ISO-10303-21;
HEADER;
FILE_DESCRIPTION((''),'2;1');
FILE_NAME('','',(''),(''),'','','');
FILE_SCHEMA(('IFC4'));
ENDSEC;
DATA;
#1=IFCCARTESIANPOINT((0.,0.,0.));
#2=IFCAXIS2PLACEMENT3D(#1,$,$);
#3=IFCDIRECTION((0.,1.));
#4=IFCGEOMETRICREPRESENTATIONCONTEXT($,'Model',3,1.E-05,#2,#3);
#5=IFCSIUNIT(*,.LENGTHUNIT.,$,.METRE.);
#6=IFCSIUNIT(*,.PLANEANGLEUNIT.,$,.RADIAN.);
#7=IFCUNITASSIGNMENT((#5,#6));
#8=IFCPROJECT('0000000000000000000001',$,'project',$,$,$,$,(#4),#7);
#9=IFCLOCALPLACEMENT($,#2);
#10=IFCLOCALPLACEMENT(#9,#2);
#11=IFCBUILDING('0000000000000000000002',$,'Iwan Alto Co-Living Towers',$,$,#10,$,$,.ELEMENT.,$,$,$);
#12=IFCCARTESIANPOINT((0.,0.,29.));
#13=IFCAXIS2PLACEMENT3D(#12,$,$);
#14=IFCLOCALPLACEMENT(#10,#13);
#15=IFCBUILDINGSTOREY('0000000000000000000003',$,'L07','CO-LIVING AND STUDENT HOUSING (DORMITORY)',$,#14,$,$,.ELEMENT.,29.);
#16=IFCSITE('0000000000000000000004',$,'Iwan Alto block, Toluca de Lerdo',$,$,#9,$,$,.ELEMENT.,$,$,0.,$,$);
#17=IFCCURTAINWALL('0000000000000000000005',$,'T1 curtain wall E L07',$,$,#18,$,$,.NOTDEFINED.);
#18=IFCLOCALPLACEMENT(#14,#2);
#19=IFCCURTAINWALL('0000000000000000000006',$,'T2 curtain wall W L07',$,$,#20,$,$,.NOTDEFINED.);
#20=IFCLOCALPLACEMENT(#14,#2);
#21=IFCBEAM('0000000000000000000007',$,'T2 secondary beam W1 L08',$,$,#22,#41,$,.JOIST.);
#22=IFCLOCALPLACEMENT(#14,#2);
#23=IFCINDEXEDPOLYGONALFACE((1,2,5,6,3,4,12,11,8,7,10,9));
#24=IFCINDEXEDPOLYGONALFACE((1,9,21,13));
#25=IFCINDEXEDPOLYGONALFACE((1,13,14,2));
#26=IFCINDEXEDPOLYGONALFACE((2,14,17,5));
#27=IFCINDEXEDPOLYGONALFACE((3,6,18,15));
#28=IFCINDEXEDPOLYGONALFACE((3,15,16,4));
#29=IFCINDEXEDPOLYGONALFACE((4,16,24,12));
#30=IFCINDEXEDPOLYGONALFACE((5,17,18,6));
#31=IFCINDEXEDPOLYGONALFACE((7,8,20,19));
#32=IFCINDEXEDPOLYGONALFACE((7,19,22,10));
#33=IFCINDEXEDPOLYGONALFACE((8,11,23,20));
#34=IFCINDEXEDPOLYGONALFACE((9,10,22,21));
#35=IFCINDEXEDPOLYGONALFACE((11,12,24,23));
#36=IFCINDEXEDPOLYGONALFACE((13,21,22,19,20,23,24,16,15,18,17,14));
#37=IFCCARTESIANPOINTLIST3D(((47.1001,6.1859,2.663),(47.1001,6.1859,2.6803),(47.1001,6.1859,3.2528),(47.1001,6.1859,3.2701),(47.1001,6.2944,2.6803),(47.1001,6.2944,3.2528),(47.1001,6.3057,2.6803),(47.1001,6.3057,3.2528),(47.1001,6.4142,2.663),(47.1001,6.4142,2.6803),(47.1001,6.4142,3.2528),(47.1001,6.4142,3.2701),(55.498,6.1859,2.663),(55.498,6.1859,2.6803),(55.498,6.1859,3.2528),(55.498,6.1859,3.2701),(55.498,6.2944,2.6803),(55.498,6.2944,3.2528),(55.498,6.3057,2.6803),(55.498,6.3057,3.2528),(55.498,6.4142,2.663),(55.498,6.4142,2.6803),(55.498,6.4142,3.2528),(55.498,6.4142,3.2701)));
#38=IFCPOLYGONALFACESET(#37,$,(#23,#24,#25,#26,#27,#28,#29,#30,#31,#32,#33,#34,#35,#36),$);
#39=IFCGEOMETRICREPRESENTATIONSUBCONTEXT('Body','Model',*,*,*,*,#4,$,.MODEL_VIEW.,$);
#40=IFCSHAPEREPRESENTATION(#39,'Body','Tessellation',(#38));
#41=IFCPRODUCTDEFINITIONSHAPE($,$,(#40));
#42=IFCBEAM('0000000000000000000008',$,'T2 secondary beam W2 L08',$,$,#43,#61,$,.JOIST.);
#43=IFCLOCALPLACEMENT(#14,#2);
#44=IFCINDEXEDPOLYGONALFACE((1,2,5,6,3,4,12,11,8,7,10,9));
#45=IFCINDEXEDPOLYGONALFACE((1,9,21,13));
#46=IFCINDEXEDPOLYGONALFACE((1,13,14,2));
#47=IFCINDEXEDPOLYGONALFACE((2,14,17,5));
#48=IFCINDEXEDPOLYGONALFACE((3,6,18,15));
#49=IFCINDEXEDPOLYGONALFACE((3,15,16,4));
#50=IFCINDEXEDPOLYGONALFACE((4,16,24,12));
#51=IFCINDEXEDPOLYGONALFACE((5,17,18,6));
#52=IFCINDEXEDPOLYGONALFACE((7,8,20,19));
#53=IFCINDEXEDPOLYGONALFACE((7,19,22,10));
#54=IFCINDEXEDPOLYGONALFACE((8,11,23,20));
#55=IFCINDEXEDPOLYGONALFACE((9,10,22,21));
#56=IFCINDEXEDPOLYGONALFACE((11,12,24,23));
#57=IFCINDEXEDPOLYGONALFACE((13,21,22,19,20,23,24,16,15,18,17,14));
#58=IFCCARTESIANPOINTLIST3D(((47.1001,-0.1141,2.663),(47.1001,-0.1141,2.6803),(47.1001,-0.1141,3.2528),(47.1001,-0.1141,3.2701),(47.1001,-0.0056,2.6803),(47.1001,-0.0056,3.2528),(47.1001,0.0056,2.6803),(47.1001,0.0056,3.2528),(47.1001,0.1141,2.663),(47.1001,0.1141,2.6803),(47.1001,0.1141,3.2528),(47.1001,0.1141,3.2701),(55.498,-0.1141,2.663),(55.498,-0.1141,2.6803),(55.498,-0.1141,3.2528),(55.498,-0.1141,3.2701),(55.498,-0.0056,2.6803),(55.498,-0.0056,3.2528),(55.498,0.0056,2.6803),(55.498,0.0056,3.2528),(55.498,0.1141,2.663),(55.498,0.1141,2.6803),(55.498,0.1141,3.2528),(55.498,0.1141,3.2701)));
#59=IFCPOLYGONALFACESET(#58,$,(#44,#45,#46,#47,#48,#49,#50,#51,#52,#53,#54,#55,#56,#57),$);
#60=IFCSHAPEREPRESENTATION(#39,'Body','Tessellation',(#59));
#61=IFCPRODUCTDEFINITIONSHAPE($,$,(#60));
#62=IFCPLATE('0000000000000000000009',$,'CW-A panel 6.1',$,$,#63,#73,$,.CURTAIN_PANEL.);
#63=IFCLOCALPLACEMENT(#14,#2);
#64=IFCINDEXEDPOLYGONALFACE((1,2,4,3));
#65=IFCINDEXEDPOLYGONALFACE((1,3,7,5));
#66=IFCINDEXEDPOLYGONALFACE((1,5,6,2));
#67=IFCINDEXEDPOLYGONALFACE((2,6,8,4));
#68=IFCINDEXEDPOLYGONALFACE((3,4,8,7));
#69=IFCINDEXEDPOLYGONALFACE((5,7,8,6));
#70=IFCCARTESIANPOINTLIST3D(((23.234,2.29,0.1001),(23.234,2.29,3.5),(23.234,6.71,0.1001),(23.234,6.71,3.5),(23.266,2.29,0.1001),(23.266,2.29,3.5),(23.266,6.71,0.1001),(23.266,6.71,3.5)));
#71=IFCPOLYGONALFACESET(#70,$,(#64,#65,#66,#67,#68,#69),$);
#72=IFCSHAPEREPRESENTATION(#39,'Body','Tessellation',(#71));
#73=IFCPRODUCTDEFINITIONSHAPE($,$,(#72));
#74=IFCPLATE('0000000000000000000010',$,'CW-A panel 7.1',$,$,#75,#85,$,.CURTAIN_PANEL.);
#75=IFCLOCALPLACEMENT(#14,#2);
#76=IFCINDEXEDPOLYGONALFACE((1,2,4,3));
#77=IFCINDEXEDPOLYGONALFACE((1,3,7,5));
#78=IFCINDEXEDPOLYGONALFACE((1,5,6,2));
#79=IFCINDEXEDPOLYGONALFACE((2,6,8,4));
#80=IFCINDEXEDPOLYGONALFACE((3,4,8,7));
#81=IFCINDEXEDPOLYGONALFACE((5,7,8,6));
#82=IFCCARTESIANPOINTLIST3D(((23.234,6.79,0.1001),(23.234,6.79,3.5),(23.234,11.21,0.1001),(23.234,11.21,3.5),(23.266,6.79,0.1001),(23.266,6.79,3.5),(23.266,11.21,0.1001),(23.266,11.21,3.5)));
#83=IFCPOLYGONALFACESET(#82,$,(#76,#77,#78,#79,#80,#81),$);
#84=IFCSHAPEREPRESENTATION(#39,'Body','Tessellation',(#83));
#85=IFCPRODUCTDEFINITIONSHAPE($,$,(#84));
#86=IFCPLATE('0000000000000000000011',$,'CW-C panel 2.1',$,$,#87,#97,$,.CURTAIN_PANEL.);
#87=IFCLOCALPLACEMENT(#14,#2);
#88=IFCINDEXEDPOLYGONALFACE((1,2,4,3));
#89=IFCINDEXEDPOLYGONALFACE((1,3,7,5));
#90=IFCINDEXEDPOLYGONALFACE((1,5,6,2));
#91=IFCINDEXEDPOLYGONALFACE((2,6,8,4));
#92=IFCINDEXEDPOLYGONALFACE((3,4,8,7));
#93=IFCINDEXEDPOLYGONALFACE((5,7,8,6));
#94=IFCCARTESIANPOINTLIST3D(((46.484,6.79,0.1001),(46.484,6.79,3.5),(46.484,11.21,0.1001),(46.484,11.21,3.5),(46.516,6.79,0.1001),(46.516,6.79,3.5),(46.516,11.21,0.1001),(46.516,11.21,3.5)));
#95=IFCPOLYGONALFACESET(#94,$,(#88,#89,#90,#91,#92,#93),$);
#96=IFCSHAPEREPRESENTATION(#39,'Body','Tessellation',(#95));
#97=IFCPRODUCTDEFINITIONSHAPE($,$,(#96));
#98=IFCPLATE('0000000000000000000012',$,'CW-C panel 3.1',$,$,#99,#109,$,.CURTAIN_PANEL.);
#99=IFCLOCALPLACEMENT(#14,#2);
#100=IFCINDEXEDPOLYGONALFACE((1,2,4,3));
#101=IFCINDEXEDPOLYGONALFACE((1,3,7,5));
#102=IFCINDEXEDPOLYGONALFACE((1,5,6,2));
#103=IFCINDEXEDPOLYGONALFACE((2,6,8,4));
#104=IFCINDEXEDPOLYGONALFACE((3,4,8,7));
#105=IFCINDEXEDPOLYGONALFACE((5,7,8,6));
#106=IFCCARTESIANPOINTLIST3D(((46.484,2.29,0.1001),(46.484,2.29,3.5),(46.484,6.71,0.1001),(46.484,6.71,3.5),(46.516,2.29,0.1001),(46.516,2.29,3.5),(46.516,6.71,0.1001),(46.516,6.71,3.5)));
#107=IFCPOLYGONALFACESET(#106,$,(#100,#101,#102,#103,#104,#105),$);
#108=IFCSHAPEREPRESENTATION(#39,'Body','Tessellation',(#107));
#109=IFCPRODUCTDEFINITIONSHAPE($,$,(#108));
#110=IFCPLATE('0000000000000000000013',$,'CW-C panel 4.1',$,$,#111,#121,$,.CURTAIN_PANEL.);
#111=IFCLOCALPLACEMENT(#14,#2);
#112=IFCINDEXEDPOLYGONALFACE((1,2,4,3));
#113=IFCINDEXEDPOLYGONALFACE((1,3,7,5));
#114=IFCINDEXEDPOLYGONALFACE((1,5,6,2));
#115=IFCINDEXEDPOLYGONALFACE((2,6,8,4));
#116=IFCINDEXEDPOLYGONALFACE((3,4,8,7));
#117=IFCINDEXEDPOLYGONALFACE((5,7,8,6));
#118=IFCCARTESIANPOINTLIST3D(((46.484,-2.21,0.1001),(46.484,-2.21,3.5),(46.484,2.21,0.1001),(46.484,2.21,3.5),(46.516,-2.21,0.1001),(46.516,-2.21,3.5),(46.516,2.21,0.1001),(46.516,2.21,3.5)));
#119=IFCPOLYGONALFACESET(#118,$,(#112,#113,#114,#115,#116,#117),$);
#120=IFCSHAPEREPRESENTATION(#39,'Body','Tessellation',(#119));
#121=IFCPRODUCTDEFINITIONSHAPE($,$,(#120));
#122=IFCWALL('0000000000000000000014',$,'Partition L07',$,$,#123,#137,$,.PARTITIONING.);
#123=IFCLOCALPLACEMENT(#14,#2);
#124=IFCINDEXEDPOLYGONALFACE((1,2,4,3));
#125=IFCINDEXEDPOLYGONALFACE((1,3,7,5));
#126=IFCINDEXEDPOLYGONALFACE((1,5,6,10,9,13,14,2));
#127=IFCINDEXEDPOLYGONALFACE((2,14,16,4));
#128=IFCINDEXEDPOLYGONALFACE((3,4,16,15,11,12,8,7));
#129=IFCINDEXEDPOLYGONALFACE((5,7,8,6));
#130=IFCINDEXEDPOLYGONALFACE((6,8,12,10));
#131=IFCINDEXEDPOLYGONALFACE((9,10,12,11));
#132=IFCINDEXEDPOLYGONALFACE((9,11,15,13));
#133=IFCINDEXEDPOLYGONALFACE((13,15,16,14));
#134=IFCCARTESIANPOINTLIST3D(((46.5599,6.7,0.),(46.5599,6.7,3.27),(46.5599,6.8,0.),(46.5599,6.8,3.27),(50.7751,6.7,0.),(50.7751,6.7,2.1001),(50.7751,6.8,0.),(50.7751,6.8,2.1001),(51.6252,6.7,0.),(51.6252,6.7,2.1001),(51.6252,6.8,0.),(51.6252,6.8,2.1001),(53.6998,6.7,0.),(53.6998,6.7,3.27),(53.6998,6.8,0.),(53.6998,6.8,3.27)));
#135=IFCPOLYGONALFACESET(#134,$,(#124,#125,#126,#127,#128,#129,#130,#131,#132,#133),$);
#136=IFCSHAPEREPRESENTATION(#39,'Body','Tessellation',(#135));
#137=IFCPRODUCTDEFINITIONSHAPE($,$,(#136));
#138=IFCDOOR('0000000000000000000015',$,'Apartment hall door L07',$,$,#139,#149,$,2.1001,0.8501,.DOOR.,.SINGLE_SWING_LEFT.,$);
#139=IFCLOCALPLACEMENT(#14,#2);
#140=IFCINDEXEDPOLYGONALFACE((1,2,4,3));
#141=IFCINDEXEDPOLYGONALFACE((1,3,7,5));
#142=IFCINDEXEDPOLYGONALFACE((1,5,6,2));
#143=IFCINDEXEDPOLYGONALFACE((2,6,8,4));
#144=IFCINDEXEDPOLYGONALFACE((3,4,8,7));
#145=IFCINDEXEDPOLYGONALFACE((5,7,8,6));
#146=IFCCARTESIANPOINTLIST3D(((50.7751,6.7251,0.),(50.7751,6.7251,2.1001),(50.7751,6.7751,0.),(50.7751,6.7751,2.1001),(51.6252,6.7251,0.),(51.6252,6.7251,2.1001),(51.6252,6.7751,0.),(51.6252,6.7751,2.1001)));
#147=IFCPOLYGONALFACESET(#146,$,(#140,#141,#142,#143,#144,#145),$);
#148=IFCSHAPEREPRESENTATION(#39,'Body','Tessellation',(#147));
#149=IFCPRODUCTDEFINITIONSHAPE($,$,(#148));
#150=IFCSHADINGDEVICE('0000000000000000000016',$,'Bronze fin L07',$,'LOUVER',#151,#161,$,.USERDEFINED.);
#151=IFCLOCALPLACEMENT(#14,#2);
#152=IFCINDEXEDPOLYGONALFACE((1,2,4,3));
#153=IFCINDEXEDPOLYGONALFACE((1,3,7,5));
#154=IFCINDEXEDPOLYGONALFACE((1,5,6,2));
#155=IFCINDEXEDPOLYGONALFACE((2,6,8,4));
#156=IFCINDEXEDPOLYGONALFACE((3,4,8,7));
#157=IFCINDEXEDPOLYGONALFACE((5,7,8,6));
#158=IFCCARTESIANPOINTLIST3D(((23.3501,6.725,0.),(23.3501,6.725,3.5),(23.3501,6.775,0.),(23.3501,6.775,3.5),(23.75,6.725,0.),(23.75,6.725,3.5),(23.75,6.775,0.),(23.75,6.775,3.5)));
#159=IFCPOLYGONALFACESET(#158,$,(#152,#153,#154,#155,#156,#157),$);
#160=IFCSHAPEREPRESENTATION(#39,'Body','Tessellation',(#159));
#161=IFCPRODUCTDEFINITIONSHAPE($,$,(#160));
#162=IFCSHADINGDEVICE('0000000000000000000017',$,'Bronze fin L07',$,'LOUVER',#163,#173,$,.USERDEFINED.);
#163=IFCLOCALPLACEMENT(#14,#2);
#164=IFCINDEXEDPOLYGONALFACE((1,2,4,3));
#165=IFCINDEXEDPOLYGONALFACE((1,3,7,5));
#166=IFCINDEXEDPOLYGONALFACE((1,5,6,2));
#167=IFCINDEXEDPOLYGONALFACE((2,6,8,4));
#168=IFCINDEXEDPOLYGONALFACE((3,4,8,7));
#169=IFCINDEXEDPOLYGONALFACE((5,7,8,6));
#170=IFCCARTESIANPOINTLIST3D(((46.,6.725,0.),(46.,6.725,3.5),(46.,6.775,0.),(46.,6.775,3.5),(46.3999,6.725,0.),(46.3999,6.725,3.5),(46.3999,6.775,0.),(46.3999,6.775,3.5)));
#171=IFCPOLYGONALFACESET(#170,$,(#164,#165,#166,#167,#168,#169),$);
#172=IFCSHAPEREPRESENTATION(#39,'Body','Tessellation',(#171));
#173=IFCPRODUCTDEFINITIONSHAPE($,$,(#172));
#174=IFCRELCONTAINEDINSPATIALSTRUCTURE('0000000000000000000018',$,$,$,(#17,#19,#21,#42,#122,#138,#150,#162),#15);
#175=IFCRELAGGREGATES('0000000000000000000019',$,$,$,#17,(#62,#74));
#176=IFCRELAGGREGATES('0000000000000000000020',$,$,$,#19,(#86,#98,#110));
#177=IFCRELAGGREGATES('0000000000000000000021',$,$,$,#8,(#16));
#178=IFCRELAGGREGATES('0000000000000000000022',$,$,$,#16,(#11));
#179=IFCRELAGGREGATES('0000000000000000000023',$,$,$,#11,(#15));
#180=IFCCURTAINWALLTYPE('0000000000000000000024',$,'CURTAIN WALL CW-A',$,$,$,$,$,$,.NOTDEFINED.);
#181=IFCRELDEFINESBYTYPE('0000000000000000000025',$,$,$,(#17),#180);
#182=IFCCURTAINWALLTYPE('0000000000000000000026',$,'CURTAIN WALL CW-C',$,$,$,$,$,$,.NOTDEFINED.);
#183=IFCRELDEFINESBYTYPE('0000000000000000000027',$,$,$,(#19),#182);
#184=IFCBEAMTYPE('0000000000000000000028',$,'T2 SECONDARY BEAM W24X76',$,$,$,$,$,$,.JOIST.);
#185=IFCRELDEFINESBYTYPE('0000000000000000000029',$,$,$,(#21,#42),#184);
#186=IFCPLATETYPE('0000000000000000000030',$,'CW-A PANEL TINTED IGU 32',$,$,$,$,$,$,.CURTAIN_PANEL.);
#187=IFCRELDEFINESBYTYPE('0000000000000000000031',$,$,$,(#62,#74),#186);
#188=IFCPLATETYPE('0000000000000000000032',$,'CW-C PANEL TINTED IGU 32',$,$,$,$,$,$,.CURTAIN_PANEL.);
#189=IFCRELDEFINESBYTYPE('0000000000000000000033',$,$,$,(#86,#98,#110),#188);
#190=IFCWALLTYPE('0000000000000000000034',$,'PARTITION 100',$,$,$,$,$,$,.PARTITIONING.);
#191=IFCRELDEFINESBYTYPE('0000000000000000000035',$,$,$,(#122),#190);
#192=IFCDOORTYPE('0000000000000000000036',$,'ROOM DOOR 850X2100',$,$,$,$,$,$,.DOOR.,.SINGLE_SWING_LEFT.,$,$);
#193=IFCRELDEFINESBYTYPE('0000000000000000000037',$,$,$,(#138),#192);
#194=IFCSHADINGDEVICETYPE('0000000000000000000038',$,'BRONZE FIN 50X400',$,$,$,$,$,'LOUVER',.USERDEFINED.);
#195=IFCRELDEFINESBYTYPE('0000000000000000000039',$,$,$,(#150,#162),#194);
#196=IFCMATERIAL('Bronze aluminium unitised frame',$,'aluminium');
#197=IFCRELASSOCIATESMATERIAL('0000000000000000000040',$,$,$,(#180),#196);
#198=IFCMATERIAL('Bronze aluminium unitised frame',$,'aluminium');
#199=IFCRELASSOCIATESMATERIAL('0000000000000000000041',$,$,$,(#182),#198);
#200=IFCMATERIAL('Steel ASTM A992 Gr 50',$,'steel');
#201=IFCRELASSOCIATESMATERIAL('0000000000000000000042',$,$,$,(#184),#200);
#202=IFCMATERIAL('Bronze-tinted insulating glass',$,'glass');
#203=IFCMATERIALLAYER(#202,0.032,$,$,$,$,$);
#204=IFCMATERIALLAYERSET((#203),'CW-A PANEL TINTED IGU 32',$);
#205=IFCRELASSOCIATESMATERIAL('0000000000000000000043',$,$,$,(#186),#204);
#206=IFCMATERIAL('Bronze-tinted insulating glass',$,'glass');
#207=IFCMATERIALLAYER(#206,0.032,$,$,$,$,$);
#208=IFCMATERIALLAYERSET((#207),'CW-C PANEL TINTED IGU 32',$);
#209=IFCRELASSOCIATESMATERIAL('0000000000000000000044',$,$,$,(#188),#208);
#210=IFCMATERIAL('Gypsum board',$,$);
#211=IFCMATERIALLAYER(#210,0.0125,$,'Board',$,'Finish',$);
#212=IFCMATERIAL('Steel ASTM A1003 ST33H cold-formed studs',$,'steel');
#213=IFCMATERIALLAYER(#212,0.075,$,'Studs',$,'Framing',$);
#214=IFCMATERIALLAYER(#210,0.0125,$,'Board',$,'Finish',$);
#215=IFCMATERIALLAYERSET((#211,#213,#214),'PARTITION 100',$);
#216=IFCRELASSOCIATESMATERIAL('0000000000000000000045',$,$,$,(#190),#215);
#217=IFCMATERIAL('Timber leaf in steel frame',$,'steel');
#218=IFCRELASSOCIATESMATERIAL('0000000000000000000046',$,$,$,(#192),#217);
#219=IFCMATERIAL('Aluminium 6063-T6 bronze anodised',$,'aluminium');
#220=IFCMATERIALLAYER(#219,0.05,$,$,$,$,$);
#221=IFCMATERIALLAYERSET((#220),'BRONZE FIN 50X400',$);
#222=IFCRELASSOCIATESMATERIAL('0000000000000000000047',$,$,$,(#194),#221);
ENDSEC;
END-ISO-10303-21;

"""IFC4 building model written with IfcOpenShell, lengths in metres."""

from ifc_helpers import new_model, si_unit, direction, frame, frame_2d, origin, origin_2d, place, context, subcontext, project, spatial, rectangle, i_section, extrude, material, layer, layer_set, material_profile, profile_set, type_object, element, fill, aggregate, save


model = new_model("IFC4")

# Units and contexts
model_context = context("Model", 3, precision=1e-05, world=origin(), true_north=direction((0.0, 1.0)))
body_context = subcontext(model_context, "Body", "Model", "MODEL_VIEW")
ifc_project = project(units=[si_unit("LENGTHUNIT", "METRE"), si_unit("PLANEANGLEUNIT", "RADIAN")], contexts=[model_context])

# Site, building, storey
site_placement = place(None, origin())
site = spatial("IfcSite", under=ifc_project, at=site_placement, Name="Iwan Alto block, Toluca de Lerdo", CompositionType="ELEMENT", RefElevation=0.0)
building_placement = place(site_placement, origin())
building = spatial("IfcBuilding", under=site, at=building_placement, Name="Iwan Alto Co-Living Towers", CompositionType="ELEMENT")
storey_placement = place(building_placement, frame((0.0, 0.0, 29.0)))
storey = spatial("IfcBuildingStorey", under=building, at=storey_placement, Name="L07", Description="CO-LIVING AND STUDENT HOUSING (DORMITORY)", CompositionType="ELEMENT", Elevation=29.0)

# Curtain walls
ifc_material_1 = material(Name="Bronze aluminium unitised frame", Category="aluminium")
curtain_wall_type_1 = type_object("IfcCurtainWallType", Name="CURTAIN WALL CW-A", PredefinedType="NOTDEFINED", material=ifc_material_1)
curtain_wall_1_placement = place(storey_placement, origin())
curtain_wall_1 = element("IfcCurtainWall", 1, at=curtain_wall_1_placement, inside=storey, type_object=curtain_wall_type_1, Name="T1 curtain wall E L07", PredefinedType="NOTDEFINED")
ifc_material_2 = material(Name="Bronze aluminium unitised frame", Category="aluminium")
curtain_wall_type_2 = type_object("IfcCurtainWallType", Name="CURTAIN WALL CW-C", PredefinedType="NOTDEFINED", material=ifc_material_2)
curtain_wall_2_placement = place(storey_placement, origin())
curtain_wall_2 = element("IfcCurtainWall", 2, at=curtain_wall_2_placement, inside=storey, type_object=curtain_wall_type_2, Name="T2 curtain wall W L07", PredefinedType="NOTDEFINED")

# Beams
ifc_material_3 = material(Name="Steel ASTM A992 Gr 50", Category="steel")
ifc_material_profile_1 = material_profile(ifc_material_3, i_section(OverallWidth=0.2283, OverallDepth=0.6072, WebThickness=0.0112, FlangeThickness=0.0173, at=origin_2d()), Name="W24X76")
ifc_profile_set_1 = profile_set([ifc_material_profile_1], Name="Steel ASTM A992 Gr 50")
beam_type_1 = type_object("IfcBeamType", Name="T2 SECONDARY BEAM W24X76", PredefinedType="JOIST", material=ifc_profile_set_1)
for number, where, z_axis, x_axis, name in (
    (3, (47.1001, 6.3, 2.9666), (1.0, 0.0, 0.0), (0.0, 1.0, 0.0), "T2 secondary beam W1 L08"),
    (4, (47.1001, 0.0, 2.9666), (1.0, 0.0, 0.0), (0.0, 1.0, 0.0), "T2 secondary beam W2 L08"),
):
    element("IfcBeam", number, at=place(storey_placement, frame(where, z_axis=z_axis, x_axis=x_axis)), inside=storey, type_object=beam_type_1, Name=name, PredefinedType="JOIST", context=body_context, shape_type="SweptSolid", body=[
        extrude(i_section(OverallWidth=0.2283, OverallDepth=0.6072, WebThickness=0.0112, FlangeThickness=0.0173, at=origin_2d()), origin(), (0.0, 0.0, 1.0), 8.3979),
    ])

# Plates
ifc_material_4 = material(Name="Bronze-tinted insulating glass", Category="glass")
ifc_layer_1 = layer(ifc_material_4, 0.032)
ifc_layer_set_1 = layer_set([ifc_layer_1], Name="CW-A PANEL TINTED IGU 32")
plate_type_1 = type_object("IfcPlateType", Name="CW-A PANEL TINTED IGU 32", PredefinedType="CURTAIN_PANEL", material=ifc_layer_set_1)
plate_1_placement = place(storey_placement, frame((23.25, 4.5, 0.1001), z_axis=(0.0, 0.0, 1.0), x_axis=(0.0, 1.0, 0.0)))
plate_1 = element("IfcPlate", 5, at=plate_1_placement, type_object=plate_type_1, Name="CW-A panel 6.1", PredefinedType="CURTAIN_PANEL", context=body_context, shape_type="SweptSolid", body=[
    extrude(rectangle(XDim=4.4199, YDim=0.032, at=origin_2d()), origin(), (0.0, 0.0, 1.0), 3.3999),
])
plate_2_placement = place(storey_placement, frame((23.25, 9.0, 0.1001), z_axis=(0.0, 0.0, 1.0), x_axis=(0.0, 1.0, 0.0)))
plate_2 = element("IfcPlate", 6, at=plate_2_placement, type_object=plate_type_1, Name="CW-A panel 7.1", PredefinedType="CURTAIN_PANEL", context=body_context, shape_type="SweptSolid", body=[
    extrude(rectangle(XDim=4.4199, YDim=0.032, at=origin_2d()), origin(), (0.0, 0.0, 1.0), 3.3999),
])
aggregate(curtain_wall_1, [plate_1, plate_2])
ifc_material_5 = material(Name="Bronze-tinted insulating glass", Category="glass")
ifc_layer_2 = layer(ifc_material_5, 0.032)
ifc_layer_set_2 = layer_set([ifc_layer_2], Name="CW-C PANEL TINTED IGU 32")
plate_type_2 = type_object("IfcPlateType", Name="CW-C PANEL TINTED IGU 32", PredefinedType="CURTAIN_PANEL", material=ifc_layer_set_2)
plate_3_placement = place(storey_placement, frame((46.5, 9.0, 0.1001), z_axis=(0.0, 0.0, 1.0), x_axis=(0.0, -1.0, 0.0)))
plate_3 = element("IfcPlate", 7, at=plate_3_placement, type_object=plate_type_2, Name="CW-C panel 2.1", PredefinedType="CURTAIN_PANEL", context=body_context, shape_type="SweptSolid", body=[
    extrude(rectangle(XDim=4.4199, YDim=0.032, at=origin_2d()), origin(), (0.0, 0.0, 1.0), 3.3999),
])
plate_4_placement = place(storey_placement, frame((46.5, 4.5, 0.1001), z_axis=(0.0, 0.0, 1.0), x_axis=(0.0, -1.0, 0.0)))
plate_4 = element("IfcPlate", 8, at=plate_4_placement, type_object=plate_type_2, Name="CW-C panel 3.1", PredefinedType="CURTAIN_PANEL", context=body_context, shape_type="SweptSolid", body=[
    extrude(rectangle(XDim=4.4199, YDim=0.032, at=origin_2d()), origin(), (0.0, 0.0, 1.0), 3.3999),
])
plate_5_placement = place(storey_placement, frame((46.5, 0.0, 0.1001), z_axis=(0.0, 0.0, 1.0), x_axis=(0.0, -1.0, 0.0)))
plate_5 = element("IfcPlate", 9, at=plate_5_placement, type_object=plate_type_2, Name="CW-C panel 4.1", PredefinedType="CURTAIN_PANEL", context=body_context, shape_type="SweptSolid", body=[
    extrude(rectangle(XDim=4.4199, YDim=0.032, at=origin_2d()), origin(), (0.0, 0.0, 1.0), 3.3999),
])
aggregate(curtain_wall_2, [plate_3, plate_4, plate_5])

# Wall, opening, door
ifc_material_6 = material(Name="Gypsum board")
ifc_layer_3 = layer(ifc_material_6, 0.0125, Name="Board", Category="Finish")
ifc_material_7 = material(Name="Steel ASTM A1003 ST33H cold-formed studs", Category="steel")
ifc_layer_4 = layer(ifc_material_7, 0.075, Name="Studs", Category="Framing")
ifc_layer_5 = layer(ifc_material_6, 0.0125, Name="Board", Category="Finish")
ifc_layer_set_3 = layer_set([ifc_layer_3, ifc_layer_4, ifc_layer_5], Name="PARTITION 100")
wall_type = type_object("IfcWallType", Name="PARTITION 100", PredefinedType="PARTITIONING", material=ifc_layer_set_3)
wall_placement = place(storey_placement, frame((46.5601, 6.75, 0.0), z_axis=(0.0, 0.0, 1.0), x_axis=(1.0, 0.0, 0.0)))
wall = element("IfcWall", 10, at=wall_placement, inside=storey, type_object=wall_type, Name="Partition L07", PredefinedType="PARTITIONING", context=body_context, shape_type="SweptSolid", body=[
    extrude(rectangle(XDim=7.1399, YDim=0.1001, at=frame_2d((3.5698, 0.0))), origin(), (0.0, 0.0, 1.0), 3.27),
])
opening_placement = place(wall_placement, frame((4.2151, 0.0, 0.0)))
opening = element("IfcOpeningElement", 11, at=opening_placement, cuts=wall, PredefinedType="OPENING", context=body_context, shape_type="SweptSolid", body=[
    extrude(rectangle(XDim=0.8501, YDim=2.1001, at=frame_2d((0.425, 1.05))), frame((0.0, 0.0601, 0.0), z_axis=(0.0, -1.0, 0.0), x_axis=(1.0, 0.0, 0.0)), (0.0, 0.0, 1.0), 0.1201),
])
ifc_material_8 = material(Name="Timber leaf in steel frame", Category="steel")
door_type = type_object("IfcDoorType", Name="ROOM DOOR 850X2100", OperationType="SINGLE_SWING_LEFT", PredefinedType="DOOR", material=ifc_material_8)
door_placement = place(opening_placement, frame((0.8501, 0.0, 0.0), z_axis=(0.0, 0.0, 1.0), x_axis=(-1.0, 0.0, 0.0)))
door = element("IfcDoor", 12, at=door_placement, inside=storey, type_object=door_type, Name="Apartment hall door L07", OperationType="SINGLE_SWING_LEFT", OverallHeight=2.1001, OverallWidth=0.8501, PredefinedType="DOOR", context=body_context, shape_type="SweptSolid", body=[
    extrude(rectangle(XDim=0.8501, YDim=2.1001, at=frame_2d((0.425, 1.05))), frame((0.0, 0.0249, 0.0), z_axis=(0.0, -1.0, 0.0), x_axis=(1.0, 0.0, 0.0)), (0.0, 0.0, 1.0), 0.05),
])
fill(opening, door)

# Shading devices
ifc_material_9 = material(Name="Aluminium 6063-T6 bronze anodised", Category="aluminium")
ifc_layer_6 = layer(ifc_material_9, 0.05)
ifc_layer_set_4 = layer_set([ifc_layer_6], Name="BRONZE FIN 50X400")
shading_device_type = type_object("IfcShadingDeviceType", Name="BRONZE FIN 50X400", ElementType="LOUVER", PredefinedType="USERDEFINED", material=ifc_layer_set_4)
for number, where, z_axis, x_axis, name in (
    (13, (23.55, 6.75, 0.0), (0.0, 0.0, 1.0), (0.0, 1.0, 0.0), "Bronze fin L07"),
    (14, (46.2, 6.75, 0.0), (0.0, 0.0, 1.0), (0.0, -1.0, 0.0), "Bronze fin L07"),
):
    element("IfcShadingDevice", number, at=place(storey_placement, frame(where, z_axis=z_axis, x_axis=x_axis)), inside=storey, type_object=shading_device_type, Name=name, ObjectType="LOUVER", PredefinedType="USERDEFINED", context=body_context, shape_type="SweptSolid", body=[
        extrude(rectangle(XDim=0.05, YDim=0.3999, at=origin_2d()), origin(), (0.0, 0.0, 1.0), 3.5),
    ])

save(model, "model.ifc")
